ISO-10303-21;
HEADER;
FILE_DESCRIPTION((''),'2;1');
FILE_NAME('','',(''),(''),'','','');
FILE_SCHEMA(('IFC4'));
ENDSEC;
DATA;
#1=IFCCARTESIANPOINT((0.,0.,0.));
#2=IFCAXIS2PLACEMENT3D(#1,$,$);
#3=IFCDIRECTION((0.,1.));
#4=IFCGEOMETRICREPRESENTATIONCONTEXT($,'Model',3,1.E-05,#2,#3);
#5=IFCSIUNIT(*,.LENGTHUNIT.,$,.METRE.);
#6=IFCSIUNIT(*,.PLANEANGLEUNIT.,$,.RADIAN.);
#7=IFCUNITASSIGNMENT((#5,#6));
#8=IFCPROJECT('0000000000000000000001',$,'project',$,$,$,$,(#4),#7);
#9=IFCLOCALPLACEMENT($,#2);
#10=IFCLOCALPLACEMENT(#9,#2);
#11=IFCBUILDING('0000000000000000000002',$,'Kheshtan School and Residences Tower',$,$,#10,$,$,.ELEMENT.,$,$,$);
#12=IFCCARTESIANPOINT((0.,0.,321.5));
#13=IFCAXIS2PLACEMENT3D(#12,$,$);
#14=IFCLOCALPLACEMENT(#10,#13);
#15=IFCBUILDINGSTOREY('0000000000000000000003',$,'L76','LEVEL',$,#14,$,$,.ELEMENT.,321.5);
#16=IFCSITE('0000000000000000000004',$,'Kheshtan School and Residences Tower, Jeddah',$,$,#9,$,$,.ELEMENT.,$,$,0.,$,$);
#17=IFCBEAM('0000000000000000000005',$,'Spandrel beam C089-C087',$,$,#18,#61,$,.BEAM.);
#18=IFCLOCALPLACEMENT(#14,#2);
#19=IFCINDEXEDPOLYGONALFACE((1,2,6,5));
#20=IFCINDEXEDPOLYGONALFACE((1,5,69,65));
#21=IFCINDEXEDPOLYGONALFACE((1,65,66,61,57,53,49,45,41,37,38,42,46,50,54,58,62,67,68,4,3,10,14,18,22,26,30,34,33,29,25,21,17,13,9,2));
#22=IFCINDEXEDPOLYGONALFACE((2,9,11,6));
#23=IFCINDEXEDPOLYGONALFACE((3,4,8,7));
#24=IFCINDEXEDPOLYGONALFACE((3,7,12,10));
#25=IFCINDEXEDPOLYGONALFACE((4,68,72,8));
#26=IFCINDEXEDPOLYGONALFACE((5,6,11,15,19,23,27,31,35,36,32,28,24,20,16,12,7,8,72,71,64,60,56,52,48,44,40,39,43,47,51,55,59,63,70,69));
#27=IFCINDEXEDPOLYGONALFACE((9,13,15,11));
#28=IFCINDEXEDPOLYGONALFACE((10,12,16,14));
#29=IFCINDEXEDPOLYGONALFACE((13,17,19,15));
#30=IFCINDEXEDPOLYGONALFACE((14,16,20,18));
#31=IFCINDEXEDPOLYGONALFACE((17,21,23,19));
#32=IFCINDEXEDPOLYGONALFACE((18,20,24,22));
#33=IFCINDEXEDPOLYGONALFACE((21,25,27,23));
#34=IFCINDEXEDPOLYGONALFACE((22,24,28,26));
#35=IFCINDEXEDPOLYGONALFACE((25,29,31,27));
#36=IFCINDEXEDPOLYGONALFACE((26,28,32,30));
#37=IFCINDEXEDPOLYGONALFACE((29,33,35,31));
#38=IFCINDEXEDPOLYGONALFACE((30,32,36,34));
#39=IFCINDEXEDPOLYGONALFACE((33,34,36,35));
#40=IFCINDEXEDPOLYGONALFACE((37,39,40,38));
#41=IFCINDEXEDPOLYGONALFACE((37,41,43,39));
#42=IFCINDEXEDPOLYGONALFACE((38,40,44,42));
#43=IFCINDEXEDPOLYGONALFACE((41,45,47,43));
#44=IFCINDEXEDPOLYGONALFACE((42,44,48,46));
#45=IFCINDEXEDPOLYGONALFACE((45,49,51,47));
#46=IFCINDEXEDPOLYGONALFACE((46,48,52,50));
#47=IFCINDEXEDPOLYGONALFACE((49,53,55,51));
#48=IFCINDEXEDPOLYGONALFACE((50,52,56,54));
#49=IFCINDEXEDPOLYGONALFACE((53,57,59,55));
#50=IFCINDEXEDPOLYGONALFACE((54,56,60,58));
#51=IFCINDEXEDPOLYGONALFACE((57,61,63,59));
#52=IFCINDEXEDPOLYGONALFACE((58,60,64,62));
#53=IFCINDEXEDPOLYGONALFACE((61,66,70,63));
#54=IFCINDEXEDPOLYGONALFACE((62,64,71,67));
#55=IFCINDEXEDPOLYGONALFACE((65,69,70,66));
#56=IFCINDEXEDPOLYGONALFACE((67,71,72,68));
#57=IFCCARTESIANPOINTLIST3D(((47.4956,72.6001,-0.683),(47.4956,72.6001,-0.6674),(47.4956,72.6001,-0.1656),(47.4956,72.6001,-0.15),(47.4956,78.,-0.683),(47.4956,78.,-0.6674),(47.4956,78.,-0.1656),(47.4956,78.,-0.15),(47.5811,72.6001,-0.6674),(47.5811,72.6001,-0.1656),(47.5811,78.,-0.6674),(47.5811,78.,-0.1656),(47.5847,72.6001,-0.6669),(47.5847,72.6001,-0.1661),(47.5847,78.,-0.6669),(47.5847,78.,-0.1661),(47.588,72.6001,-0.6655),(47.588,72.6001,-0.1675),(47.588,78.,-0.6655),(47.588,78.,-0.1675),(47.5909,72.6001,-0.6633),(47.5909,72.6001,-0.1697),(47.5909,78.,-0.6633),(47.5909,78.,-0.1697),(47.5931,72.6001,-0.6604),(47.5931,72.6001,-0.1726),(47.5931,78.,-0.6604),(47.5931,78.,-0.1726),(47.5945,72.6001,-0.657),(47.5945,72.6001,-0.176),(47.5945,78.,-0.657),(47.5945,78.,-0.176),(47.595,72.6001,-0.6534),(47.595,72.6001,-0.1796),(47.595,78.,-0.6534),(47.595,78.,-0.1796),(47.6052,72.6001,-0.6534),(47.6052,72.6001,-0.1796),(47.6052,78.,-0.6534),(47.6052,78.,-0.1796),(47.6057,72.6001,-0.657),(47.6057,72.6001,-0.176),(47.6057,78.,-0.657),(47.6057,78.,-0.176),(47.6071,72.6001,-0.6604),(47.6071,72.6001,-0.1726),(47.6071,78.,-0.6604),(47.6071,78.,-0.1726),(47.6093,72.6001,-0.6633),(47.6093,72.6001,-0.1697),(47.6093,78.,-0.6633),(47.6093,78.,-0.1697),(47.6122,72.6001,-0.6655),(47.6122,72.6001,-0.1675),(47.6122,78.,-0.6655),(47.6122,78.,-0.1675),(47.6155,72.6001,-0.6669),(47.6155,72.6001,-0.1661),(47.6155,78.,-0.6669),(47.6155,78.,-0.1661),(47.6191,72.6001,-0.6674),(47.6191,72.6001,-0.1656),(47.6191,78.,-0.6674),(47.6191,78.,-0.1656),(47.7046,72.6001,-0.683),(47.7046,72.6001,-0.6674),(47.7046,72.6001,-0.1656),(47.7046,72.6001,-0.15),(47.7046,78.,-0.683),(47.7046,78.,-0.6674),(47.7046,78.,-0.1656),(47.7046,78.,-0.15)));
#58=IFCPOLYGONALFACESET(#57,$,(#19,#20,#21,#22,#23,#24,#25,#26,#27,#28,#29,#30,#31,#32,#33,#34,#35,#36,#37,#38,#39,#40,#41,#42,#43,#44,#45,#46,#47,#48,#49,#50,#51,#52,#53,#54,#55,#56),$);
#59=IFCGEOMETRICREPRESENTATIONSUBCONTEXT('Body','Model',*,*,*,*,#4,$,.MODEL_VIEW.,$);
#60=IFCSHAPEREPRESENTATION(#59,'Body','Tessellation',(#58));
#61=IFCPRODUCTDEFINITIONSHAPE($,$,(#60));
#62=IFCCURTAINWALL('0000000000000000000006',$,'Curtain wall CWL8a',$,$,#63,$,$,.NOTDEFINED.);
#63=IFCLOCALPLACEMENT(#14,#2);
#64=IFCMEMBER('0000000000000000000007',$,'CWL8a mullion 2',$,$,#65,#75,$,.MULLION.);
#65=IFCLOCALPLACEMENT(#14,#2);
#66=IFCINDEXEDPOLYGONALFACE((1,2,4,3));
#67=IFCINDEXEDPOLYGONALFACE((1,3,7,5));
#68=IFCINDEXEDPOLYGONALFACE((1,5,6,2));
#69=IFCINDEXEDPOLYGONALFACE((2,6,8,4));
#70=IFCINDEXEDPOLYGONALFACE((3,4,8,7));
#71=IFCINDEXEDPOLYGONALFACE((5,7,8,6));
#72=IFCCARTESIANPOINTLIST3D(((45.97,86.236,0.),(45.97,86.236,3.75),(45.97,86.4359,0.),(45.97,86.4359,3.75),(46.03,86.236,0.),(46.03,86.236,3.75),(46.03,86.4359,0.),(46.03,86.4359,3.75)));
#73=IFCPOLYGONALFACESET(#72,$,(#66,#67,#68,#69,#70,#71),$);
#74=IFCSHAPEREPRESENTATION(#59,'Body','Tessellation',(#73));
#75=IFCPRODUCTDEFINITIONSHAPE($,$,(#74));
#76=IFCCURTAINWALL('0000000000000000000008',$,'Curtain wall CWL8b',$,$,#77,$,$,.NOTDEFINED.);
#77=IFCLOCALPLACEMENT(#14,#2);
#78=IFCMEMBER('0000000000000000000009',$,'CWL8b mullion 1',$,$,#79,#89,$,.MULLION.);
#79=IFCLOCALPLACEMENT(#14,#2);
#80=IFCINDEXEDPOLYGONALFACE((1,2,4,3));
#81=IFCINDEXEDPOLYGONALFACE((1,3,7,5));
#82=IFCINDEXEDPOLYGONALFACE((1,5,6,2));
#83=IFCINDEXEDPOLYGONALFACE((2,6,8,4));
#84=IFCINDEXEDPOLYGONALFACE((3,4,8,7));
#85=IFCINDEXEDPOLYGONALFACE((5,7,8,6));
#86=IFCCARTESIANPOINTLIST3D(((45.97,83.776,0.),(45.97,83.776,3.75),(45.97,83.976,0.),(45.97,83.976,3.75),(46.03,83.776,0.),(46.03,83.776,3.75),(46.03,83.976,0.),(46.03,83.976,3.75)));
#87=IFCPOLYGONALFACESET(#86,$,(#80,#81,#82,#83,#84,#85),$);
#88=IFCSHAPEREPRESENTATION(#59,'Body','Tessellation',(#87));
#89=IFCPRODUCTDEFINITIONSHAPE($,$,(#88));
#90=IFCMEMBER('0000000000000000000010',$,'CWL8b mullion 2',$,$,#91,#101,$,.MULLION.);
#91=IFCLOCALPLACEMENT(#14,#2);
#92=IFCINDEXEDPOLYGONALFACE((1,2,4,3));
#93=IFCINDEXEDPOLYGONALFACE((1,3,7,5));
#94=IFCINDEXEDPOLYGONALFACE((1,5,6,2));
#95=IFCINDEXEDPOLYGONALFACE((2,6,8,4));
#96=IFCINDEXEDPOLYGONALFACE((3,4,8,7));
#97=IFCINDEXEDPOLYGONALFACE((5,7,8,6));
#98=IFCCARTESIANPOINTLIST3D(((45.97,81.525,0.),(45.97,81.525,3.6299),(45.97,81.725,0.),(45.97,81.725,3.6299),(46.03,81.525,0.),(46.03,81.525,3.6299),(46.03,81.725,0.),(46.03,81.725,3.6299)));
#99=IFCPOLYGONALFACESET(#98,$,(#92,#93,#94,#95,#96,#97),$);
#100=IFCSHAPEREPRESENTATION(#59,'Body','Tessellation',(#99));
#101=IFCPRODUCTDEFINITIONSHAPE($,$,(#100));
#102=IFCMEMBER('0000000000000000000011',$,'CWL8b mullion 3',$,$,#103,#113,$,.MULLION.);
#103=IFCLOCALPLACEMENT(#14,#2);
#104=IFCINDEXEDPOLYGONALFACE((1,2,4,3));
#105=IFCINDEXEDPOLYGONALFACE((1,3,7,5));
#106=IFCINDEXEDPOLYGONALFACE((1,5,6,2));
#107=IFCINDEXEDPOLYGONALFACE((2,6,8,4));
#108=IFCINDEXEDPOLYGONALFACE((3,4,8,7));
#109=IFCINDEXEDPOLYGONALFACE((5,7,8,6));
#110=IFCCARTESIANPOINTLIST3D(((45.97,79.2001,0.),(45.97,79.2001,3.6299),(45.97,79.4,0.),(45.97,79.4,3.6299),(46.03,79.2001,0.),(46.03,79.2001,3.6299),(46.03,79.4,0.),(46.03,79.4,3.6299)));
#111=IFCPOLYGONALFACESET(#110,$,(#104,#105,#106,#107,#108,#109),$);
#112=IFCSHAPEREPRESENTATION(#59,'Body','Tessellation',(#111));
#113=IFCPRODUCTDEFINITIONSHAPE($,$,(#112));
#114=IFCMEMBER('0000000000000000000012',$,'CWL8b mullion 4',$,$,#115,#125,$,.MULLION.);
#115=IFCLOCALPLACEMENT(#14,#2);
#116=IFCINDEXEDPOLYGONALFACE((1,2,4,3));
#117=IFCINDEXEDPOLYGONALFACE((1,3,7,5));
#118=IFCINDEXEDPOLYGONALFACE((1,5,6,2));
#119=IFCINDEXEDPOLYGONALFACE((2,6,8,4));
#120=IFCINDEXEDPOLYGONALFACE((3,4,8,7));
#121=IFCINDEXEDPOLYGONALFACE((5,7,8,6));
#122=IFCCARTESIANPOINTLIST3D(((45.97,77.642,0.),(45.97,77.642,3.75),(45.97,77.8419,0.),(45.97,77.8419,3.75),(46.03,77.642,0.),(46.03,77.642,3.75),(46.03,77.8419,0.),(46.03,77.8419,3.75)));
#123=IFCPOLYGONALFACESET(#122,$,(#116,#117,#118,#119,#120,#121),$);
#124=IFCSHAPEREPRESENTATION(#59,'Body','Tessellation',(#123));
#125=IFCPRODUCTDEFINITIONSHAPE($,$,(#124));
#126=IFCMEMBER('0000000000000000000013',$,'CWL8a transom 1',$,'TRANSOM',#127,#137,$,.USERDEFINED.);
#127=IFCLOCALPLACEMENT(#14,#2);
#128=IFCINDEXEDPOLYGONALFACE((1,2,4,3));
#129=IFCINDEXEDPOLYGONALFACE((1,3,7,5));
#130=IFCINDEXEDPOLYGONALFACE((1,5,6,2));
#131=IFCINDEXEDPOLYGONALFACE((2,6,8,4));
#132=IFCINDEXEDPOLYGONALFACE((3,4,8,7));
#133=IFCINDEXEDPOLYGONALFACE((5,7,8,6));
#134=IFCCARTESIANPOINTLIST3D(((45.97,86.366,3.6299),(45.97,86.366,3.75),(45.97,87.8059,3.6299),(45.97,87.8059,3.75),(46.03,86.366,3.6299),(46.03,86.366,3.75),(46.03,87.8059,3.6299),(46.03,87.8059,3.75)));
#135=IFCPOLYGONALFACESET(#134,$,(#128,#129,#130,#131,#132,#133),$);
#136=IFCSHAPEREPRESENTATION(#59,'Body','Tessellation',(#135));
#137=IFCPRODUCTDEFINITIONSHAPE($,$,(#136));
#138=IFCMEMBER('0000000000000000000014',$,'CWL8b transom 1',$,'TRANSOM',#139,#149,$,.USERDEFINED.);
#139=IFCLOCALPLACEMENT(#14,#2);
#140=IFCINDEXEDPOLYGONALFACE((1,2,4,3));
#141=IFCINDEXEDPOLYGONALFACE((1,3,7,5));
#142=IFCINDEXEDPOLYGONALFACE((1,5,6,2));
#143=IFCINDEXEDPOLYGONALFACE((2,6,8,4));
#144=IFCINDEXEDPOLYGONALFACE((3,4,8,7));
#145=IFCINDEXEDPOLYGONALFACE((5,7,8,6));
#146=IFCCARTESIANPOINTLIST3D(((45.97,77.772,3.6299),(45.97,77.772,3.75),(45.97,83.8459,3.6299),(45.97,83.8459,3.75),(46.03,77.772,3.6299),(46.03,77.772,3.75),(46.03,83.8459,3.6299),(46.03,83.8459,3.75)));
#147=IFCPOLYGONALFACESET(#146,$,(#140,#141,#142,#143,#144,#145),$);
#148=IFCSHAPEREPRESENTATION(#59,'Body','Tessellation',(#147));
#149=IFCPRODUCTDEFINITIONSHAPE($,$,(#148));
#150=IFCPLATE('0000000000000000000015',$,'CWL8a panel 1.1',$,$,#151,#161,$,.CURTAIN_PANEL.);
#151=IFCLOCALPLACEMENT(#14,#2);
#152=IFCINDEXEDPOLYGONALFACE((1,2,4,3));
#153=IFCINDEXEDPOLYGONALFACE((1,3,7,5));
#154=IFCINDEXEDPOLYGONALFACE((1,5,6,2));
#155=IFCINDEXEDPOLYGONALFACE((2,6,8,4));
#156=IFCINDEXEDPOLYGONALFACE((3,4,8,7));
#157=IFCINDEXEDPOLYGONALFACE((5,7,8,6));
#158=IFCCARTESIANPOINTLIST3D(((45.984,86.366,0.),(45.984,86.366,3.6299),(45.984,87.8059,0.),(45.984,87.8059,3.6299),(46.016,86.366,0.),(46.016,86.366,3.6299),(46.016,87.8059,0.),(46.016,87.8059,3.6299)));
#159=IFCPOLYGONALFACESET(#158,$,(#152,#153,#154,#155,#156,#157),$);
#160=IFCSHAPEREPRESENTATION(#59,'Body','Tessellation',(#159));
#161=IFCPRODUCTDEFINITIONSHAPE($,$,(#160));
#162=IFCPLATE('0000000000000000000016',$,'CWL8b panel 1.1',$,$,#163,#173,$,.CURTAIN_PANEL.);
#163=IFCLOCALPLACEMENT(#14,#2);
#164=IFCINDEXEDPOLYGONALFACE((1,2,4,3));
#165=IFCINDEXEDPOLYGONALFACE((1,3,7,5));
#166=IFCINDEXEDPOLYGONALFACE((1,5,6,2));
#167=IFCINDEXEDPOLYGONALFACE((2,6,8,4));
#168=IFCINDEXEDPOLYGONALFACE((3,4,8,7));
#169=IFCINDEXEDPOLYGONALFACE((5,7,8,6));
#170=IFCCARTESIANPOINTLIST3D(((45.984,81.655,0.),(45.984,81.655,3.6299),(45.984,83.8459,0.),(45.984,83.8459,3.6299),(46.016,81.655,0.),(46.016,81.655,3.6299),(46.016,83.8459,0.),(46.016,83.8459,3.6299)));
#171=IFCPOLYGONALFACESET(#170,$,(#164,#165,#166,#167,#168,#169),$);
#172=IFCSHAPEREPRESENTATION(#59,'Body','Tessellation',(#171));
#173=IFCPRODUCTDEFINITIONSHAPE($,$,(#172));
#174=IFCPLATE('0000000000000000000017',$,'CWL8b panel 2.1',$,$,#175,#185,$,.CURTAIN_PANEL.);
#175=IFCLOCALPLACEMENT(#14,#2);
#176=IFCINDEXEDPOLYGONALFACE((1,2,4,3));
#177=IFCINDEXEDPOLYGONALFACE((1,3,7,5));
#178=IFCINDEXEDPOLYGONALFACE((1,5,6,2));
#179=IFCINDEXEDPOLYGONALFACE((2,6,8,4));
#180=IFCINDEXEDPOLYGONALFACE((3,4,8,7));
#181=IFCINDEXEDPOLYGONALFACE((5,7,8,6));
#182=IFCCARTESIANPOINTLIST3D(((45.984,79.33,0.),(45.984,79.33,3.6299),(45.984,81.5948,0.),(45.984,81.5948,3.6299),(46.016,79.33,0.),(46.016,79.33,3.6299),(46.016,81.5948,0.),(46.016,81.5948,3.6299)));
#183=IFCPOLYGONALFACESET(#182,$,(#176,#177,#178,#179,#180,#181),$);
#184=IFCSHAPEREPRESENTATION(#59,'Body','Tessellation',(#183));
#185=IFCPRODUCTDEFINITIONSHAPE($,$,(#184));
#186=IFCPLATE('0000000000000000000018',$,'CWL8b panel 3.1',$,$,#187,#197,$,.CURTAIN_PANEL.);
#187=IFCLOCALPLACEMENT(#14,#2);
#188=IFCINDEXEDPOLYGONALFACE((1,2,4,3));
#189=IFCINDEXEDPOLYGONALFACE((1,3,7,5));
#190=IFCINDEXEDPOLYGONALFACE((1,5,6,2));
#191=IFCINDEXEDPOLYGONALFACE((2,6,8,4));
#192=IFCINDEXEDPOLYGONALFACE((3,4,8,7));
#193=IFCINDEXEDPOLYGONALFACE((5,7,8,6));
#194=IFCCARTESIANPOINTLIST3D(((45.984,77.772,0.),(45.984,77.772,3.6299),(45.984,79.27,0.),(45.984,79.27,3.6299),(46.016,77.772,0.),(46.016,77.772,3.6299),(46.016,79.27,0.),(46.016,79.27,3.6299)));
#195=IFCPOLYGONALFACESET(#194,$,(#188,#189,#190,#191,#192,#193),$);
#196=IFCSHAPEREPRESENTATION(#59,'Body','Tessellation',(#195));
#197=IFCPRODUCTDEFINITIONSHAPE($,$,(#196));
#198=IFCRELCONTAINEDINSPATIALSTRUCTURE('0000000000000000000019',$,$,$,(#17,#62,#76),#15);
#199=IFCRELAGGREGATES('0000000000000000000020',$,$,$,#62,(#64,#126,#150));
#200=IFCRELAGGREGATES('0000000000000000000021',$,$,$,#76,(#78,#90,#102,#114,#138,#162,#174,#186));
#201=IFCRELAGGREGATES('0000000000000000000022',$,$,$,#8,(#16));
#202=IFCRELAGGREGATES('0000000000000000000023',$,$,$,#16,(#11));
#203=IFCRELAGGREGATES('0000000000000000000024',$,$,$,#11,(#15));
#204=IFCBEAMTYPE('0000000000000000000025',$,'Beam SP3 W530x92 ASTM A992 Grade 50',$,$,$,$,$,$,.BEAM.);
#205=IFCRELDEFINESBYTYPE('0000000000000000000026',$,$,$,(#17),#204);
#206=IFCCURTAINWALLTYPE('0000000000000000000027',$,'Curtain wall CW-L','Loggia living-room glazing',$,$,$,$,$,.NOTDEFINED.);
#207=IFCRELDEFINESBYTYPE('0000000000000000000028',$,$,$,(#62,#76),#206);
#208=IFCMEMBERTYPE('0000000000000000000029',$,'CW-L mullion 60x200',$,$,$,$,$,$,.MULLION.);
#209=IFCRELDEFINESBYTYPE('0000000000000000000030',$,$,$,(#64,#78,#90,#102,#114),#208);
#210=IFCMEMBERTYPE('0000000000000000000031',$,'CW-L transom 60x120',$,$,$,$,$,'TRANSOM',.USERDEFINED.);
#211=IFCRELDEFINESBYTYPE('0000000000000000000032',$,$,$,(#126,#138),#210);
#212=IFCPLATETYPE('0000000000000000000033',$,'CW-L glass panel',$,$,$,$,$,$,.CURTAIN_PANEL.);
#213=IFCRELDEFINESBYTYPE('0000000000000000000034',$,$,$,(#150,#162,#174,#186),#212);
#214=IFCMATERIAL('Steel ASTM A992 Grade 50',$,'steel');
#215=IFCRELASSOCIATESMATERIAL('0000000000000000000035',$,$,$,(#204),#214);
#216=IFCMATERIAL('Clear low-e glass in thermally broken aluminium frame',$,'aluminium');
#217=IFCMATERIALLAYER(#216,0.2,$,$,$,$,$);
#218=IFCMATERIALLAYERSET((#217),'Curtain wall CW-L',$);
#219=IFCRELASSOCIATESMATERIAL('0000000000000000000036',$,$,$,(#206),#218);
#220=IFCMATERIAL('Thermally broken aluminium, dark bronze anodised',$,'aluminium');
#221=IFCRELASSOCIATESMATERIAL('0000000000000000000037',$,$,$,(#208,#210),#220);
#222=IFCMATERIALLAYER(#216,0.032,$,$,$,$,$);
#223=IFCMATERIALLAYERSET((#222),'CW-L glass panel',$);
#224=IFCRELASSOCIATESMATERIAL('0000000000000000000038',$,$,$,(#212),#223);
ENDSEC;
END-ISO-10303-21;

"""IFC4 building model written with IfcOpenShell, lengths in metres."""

from ifc_helpers import new_model, si_unit, direction, frame, origin, origin_2d, place, context, subcontext, project, spatial, rectangle, i_section, extrude, material, layer, layer_set, material_profile, profile_set, type_object, element, aggregate, save


model = new_model("IFC4")

# Units and contexts
model_context = context("Model", 3, precision=1e-05, world=origin(), true_north=direction((0.0, 1.0)))
body_context = subcontext(model_context, "Body", "Model", "MODEL_VIEW")
ifc_project = project(units=[si_unit("LENGTHUNIT", "METRE"), si_unit("PLANEANGLEUNIT", "RADIAN")], contexts=[model_context])

# Site, building, storey
site_placement = place(None, origin())
site = spatial("IfcSite", under=ifc_project, at=site_placement, Name="Kheshtan School and Residences Tower, Jeddah", CompositionType="ELEMENT", RefElevation=0.0)
building_placement = place(site_placement, origin())
building = spatial("IfcBuilding", under=site, at=building_placement, Name="Kheshtan School and Residences Tower", CompositionType="ELEMENT")
storey_placement = place(building_placement, frame((0.0, 0.0, 321.5)))
storey = spatial("IfcBuildingStorey", under=building, at=storey_placement, Name="L76", Description="LEVEL", CompositionType="ELEMENT", Elevation=321.5)

# Shared definitions
ifc_material_1 = material(Name="Steel ASTM A992 Grade 50", Category="steel")

# Beam
ifc_material_profile_1 = material_profile(ifc_material_1, i_section(OverallWidth=0.209, OverallDepth=0.533, WebThickness=0.0103, FlangeThickness=0.0156, FilletRadius=0.0139, at=origin_2d()), Name="W530x92")
ifc_profile_set_1 = profile_set([ifc_material_profile_1], Name="Steel ASTM A992 Grade 50")
beam_type_1 = type_object("IfcBeamType", Name="Beam SP3 W530x92 ASTM A992 Grade 50", PredefinedType="BEAM", material=ifc_profile_set_1)
for number, where, z_axis, x_axis, name in (
    (1, (47.6001, 78.0, -0.4165), (0.0, -1.0, 0.0), (1.0, 0.0, 0.0), "Spandrel beam C089-C087"),
):
    element("IfcBeam", number, at=place(storey_placement, frame(where, z_axis=z_axis, x_axis=x_axis)), inside=storey, type_object=beam_type_1, Name=name, PredefinedType="BEAM", context=body_context, shape_type="SweptSolid", body=[
        extrude(i_section(OverallWidth=0.209, OverallDepth=0.533, WebThickness=0.0103, FlangeThickness=0.0156, FilletRadius=0.0139, at=origin_2d()), origin(), (0.0, 0.0, 1.0), 5.3999),
    ])

# Curtain wall, member
ifc_material_2 = material(Name="Clear low-e glass in thermally broken aluminium frame", Category="aluminium")
ifc_layer_1 = layer(ifc_material_2, 0.2)
ifc_layer_set_1 = layer_set([ifc_layer_1], Name="Curtain wall CW-L")
curtain_wall_type = type_object("IfcCurtainWallType", Name="Curtain wall CW-L", Description="Loggia living-room glazing", PredefinedType="NOTDEFINED", material=ifc_layer_set_1)
curtain_wall_1_placement = place(storey_placement, origin())
curtain_wall_1 = element("IfcCurtainWall", 2, at=curtain_wall_1_placement, inside=storey, type_object=curtain_wall_type, Name="Curtain wall CWL8a", PredefinedType="NOTDEFINED")
ifc_material_3 = material(Name="Thermally broken aluminium, dark bronze anodised", Category="aluminium")
ifc_material_profile_2 = material_profile(ifc_material_3, rectangle(XDim=0.0601, YDim=0.2, at=origin_2d()), Name="CW-L mullion 60x200")
ifc_profile_set_2 = profile_set([ifc_material_profile_2], Name="Thermally broken aluminium, dark bronze anodised")
member_type_1 = type_object("IfcMemberType", Name="CW-L mullion 60x200", PredefinedType="MULLION", material=ifc_profile_set_2)
member_1_placement = place(storey_placement, frame((46.0, 86.3359, 0.0), z_axis=(0.0, 0.0, 1.0), x_axis=(1.0, 0.0, 0.0)))
member_1 = element("IfcMember", 3, at=member_1_placement, type_object=member_type_1, Name="CWL8a mullion 2", PredefinedType="MULLION", context=body_context, shape_type="SweptSolid", body=[
    extrude(rectangle(XDim=0.0601, YDim=0.2, at=origin_2d()), origin(), (0.0, 0.0, 1.0), 3.75),
])

# Curtain wall, members
curtain_wall_2_placement = place(storey_placement, origin())
curtain_wall_2 = element("IfcCurtainWall", 4, at=curtain_wall_2_placement, inside=storey, type_object=curtain_wall_type, Name="Curtain wall CWL8b", PredefinedType="NOTDEFINED")
member_2_placement = place(storey_placement, frame((46.0, 83.876, 0.0), z_axis=(0.0, 0.0, 1.0), x_axis=(1.0, 0.0, 0.0)))
member_2 = element("IfcMember", 5, at=member_2_placement, type_object=member_type_1, Name="CWL8b mullion 1", PredefinedType="MULLION", context=body_context, shape_type="SweptSolid", body=[
    extrude(rectangle(XDim=0.0601, YDim=0.2, at=origin_2d()), origin(), (0.0, 0.0, 1.0), 3.75),
])
member_3_placement = place(storey_placement, frame((46.0, 81.625, 0.0), z_axis=(0.0, 0.0, 1.0), x_axis=(1.0, 0.0, 0.0)))
member_3 = element("IfcMember", 6, at=member_3_placement, type_object=member_type_1, Name="CWL8b mullion 2", PredefinedType="MULLION", context=body_context, shape_type="SweptSolid", body=[
    extrude(rectangle(XDim=0.0601, YDim=0.2, at=origin_2d()), origin(), (0.0, 0.0, 1.0), 3.6299),
])
member_4_placement = place(storey_placement, frame((46.0, 79.3, 0.0), z_axis=(0.0, 0.0, 1.0), x_axis=(1.0, 0.0, 0.0)))
member_4 = element("IfcMember", 7, at=member_4_placement, type_object=member_type_1, Name="CWL8b mullion 3", PredefinedType="MULLION", context=body_context, shape_type="SweptSolid", body=[
    extrude(rectangle(XDim=0.0601, YDim=0.2, at=origin_2d()), origin(), (0.0, 0.0, 1.0), 3.6299),
])
member_5_placement = place(storey_placement, frame((46.0, 77.7419, 0.0), z_axis=(0.0, 0.0, 1.0), x_axis=(1.0, 0.0, 0.0)))
member_5 = element("IfcMember", 8, at=member_5_placement, type_object=member_type_1, Name="CWL8b mullion 4", PredefinedType="MULLION", context=body_context, shape_type="SweptSolid", body=[
    extrude(rectangle(XDim=0.0601, YDim=0.2, at=origin_2d()), origin(), (0.0, 0.0, 1.0), 3.75),
])

# Members
ifc_material_profile_3 = material_profile(ifc_material_3, rectangle(XDim=0.0601, YDim=0.1201, at=origin_2d()), Name="CW-L transom 60x120")
ifc_profile_set_3 = profile_set([ifc_material_profile_3], Name="Thermally broken aluminium, dark bronze anodised")
member_type_2 = type_object("IfcMemberType", Name="CW-L transom 60x120", ElementType="TRANSOM", PredefinedType="USERDEFINED", material=ifc_profile_set_3)
member_6_placement = place(storey_placement, frame((46.0, 87.8059, 3.6899), z_axis=(0.0, -1.0, 0.0), x_axis=(1.0, 0.0, 0.0)))
member_6 = element("IfcMember", 9, at=member_6_placement, type_object=member_type_2, Name="CWL8a transom 1", ObjectType="TRANSOM", PredefinedType="USERDEFINED", context=body_context, shape_type="SweptSolid", body=[
    extrude(rectangle(XDim=0.0601, YDim=0.1201, at=origin_2d()), origin(), (0.0, 0.0, 1.0), 1.4399),
])
member_7_placement = place(storey_placement, frame((46.0, 83.8459, 3.6899), z_axis=(0.0, -1.0, 0.0), x_axis=(1.0, 0.0, 0.0)))
member_7 = element("IfcMember", 10, at=member_7_placement, type_object=member_type_2, Name="CWL8b transom 1", ObjectType="TRANSOM", PredefinedType="USERDEFINED", context=body_context, shape_type="SweptSolid", body=[
    extrude(rectangle(XDim=0.0601, YDim=0.1201, at=origin_2d()), origin(), (0.0, 0.0, 1.0), 6.074),
])

# Plates
ifc_layer_2 = layer(ifc_material_2, 0.032)
ifc_layer_set_2 = layer_set([ifc_layer_2], Name="CW-L glass panel")
plate_type = type_object("IfcPlateType", Name="CW-L glass panel", PredefinedType="CURTAIN_PANEL", material=ifc_layer_set_2)
plate_1_placement = place(storey_placement, frame((46.0, 87.0859, 0.0), z_axis=(0.0, 0.0, 1.0), x_axis=(0.0, -1.0, 0.0)))
plate_1 = element("IfcPlate", 11, at=plate_1_placement, type_object=plate_type, Name="CWL8a panel 1.1", PredefinedType="CURTAIN_PANEL", context=body_context, shape_type="SweptSolid", body=[
    extrude(rectangle(XDim=1.4399, YDim=0.032, at=origin_2d()), origin(), (0.0, 0.0, 1.0), 3.6299),
])
aggregate(curtain_wall_1, [member_1, member_6, plate_1])
plate_2_placement = place(storey_placement, frame((46.0, 82.7505, 0.0), z_axis=(0.0, 0.0, 1.0), x_axis=(0.0, -1.0, 0.0)))
plate_2 = element("IfcPlate", 12, at=plate_2_placement, type_object=plate_type, Name="CWL8b panel 1.1", PredefinedType="CURTAIN_PANEL", context=body_context, shape_type="SweptSolid", body=[
    extrude(rectangle(XDim=2.1909, YDim=0.032, at=origin_2d()), origin(), (0.0, 0.0, 1.0), 3.6299),
])
plate_3_placement = place(storey_placement, frame((46.0, 80.4624, 0.0), z_axis=(0.0, 0.0, 1.0), x_axis=(0.0, -1.0, 0.0)))
plate_3 = element("IfcPlate", 13, at=plate_3_placement, type_object=plate_type, Name="CWL8b panel 2.1", PredefinedType="CURTAIN_PANEL", context=body_context, shape_type="SweptSolid", body=[
    extrude(rectangle(XDim=2.2649, YDim=0.032, at=origin_2d()), origin(), (0.0, 0.0, 1.0), 3.6299),
])
plate_4_placement = place(storey_placement, frame((46.0, 78.521, 0.0), z_axis=(0.0, 0.0, 1.0), x_axis=(0.0, -1.0, 0.0)))
plate_4 = element("IfcPlate", 14, at=plate_4_placement, type_object=plate_type, Name="CWL8b panel 3.1", PredefinedType="CURTAIN_PANEL", context=body_context, shape_type="SweptSolid", body=[
    extrude(rectangle(XDim=1.498, YDim=0.032, at=origin_2d()), origin(), (0.0, 0.0, 1.0), 3.6299),
])
aggregate(curtain_wall_2, [member_2, member_3, member_4, member_5, member_7, plate_2, plate_3, plate_4])

save(model, "model.ifc")
